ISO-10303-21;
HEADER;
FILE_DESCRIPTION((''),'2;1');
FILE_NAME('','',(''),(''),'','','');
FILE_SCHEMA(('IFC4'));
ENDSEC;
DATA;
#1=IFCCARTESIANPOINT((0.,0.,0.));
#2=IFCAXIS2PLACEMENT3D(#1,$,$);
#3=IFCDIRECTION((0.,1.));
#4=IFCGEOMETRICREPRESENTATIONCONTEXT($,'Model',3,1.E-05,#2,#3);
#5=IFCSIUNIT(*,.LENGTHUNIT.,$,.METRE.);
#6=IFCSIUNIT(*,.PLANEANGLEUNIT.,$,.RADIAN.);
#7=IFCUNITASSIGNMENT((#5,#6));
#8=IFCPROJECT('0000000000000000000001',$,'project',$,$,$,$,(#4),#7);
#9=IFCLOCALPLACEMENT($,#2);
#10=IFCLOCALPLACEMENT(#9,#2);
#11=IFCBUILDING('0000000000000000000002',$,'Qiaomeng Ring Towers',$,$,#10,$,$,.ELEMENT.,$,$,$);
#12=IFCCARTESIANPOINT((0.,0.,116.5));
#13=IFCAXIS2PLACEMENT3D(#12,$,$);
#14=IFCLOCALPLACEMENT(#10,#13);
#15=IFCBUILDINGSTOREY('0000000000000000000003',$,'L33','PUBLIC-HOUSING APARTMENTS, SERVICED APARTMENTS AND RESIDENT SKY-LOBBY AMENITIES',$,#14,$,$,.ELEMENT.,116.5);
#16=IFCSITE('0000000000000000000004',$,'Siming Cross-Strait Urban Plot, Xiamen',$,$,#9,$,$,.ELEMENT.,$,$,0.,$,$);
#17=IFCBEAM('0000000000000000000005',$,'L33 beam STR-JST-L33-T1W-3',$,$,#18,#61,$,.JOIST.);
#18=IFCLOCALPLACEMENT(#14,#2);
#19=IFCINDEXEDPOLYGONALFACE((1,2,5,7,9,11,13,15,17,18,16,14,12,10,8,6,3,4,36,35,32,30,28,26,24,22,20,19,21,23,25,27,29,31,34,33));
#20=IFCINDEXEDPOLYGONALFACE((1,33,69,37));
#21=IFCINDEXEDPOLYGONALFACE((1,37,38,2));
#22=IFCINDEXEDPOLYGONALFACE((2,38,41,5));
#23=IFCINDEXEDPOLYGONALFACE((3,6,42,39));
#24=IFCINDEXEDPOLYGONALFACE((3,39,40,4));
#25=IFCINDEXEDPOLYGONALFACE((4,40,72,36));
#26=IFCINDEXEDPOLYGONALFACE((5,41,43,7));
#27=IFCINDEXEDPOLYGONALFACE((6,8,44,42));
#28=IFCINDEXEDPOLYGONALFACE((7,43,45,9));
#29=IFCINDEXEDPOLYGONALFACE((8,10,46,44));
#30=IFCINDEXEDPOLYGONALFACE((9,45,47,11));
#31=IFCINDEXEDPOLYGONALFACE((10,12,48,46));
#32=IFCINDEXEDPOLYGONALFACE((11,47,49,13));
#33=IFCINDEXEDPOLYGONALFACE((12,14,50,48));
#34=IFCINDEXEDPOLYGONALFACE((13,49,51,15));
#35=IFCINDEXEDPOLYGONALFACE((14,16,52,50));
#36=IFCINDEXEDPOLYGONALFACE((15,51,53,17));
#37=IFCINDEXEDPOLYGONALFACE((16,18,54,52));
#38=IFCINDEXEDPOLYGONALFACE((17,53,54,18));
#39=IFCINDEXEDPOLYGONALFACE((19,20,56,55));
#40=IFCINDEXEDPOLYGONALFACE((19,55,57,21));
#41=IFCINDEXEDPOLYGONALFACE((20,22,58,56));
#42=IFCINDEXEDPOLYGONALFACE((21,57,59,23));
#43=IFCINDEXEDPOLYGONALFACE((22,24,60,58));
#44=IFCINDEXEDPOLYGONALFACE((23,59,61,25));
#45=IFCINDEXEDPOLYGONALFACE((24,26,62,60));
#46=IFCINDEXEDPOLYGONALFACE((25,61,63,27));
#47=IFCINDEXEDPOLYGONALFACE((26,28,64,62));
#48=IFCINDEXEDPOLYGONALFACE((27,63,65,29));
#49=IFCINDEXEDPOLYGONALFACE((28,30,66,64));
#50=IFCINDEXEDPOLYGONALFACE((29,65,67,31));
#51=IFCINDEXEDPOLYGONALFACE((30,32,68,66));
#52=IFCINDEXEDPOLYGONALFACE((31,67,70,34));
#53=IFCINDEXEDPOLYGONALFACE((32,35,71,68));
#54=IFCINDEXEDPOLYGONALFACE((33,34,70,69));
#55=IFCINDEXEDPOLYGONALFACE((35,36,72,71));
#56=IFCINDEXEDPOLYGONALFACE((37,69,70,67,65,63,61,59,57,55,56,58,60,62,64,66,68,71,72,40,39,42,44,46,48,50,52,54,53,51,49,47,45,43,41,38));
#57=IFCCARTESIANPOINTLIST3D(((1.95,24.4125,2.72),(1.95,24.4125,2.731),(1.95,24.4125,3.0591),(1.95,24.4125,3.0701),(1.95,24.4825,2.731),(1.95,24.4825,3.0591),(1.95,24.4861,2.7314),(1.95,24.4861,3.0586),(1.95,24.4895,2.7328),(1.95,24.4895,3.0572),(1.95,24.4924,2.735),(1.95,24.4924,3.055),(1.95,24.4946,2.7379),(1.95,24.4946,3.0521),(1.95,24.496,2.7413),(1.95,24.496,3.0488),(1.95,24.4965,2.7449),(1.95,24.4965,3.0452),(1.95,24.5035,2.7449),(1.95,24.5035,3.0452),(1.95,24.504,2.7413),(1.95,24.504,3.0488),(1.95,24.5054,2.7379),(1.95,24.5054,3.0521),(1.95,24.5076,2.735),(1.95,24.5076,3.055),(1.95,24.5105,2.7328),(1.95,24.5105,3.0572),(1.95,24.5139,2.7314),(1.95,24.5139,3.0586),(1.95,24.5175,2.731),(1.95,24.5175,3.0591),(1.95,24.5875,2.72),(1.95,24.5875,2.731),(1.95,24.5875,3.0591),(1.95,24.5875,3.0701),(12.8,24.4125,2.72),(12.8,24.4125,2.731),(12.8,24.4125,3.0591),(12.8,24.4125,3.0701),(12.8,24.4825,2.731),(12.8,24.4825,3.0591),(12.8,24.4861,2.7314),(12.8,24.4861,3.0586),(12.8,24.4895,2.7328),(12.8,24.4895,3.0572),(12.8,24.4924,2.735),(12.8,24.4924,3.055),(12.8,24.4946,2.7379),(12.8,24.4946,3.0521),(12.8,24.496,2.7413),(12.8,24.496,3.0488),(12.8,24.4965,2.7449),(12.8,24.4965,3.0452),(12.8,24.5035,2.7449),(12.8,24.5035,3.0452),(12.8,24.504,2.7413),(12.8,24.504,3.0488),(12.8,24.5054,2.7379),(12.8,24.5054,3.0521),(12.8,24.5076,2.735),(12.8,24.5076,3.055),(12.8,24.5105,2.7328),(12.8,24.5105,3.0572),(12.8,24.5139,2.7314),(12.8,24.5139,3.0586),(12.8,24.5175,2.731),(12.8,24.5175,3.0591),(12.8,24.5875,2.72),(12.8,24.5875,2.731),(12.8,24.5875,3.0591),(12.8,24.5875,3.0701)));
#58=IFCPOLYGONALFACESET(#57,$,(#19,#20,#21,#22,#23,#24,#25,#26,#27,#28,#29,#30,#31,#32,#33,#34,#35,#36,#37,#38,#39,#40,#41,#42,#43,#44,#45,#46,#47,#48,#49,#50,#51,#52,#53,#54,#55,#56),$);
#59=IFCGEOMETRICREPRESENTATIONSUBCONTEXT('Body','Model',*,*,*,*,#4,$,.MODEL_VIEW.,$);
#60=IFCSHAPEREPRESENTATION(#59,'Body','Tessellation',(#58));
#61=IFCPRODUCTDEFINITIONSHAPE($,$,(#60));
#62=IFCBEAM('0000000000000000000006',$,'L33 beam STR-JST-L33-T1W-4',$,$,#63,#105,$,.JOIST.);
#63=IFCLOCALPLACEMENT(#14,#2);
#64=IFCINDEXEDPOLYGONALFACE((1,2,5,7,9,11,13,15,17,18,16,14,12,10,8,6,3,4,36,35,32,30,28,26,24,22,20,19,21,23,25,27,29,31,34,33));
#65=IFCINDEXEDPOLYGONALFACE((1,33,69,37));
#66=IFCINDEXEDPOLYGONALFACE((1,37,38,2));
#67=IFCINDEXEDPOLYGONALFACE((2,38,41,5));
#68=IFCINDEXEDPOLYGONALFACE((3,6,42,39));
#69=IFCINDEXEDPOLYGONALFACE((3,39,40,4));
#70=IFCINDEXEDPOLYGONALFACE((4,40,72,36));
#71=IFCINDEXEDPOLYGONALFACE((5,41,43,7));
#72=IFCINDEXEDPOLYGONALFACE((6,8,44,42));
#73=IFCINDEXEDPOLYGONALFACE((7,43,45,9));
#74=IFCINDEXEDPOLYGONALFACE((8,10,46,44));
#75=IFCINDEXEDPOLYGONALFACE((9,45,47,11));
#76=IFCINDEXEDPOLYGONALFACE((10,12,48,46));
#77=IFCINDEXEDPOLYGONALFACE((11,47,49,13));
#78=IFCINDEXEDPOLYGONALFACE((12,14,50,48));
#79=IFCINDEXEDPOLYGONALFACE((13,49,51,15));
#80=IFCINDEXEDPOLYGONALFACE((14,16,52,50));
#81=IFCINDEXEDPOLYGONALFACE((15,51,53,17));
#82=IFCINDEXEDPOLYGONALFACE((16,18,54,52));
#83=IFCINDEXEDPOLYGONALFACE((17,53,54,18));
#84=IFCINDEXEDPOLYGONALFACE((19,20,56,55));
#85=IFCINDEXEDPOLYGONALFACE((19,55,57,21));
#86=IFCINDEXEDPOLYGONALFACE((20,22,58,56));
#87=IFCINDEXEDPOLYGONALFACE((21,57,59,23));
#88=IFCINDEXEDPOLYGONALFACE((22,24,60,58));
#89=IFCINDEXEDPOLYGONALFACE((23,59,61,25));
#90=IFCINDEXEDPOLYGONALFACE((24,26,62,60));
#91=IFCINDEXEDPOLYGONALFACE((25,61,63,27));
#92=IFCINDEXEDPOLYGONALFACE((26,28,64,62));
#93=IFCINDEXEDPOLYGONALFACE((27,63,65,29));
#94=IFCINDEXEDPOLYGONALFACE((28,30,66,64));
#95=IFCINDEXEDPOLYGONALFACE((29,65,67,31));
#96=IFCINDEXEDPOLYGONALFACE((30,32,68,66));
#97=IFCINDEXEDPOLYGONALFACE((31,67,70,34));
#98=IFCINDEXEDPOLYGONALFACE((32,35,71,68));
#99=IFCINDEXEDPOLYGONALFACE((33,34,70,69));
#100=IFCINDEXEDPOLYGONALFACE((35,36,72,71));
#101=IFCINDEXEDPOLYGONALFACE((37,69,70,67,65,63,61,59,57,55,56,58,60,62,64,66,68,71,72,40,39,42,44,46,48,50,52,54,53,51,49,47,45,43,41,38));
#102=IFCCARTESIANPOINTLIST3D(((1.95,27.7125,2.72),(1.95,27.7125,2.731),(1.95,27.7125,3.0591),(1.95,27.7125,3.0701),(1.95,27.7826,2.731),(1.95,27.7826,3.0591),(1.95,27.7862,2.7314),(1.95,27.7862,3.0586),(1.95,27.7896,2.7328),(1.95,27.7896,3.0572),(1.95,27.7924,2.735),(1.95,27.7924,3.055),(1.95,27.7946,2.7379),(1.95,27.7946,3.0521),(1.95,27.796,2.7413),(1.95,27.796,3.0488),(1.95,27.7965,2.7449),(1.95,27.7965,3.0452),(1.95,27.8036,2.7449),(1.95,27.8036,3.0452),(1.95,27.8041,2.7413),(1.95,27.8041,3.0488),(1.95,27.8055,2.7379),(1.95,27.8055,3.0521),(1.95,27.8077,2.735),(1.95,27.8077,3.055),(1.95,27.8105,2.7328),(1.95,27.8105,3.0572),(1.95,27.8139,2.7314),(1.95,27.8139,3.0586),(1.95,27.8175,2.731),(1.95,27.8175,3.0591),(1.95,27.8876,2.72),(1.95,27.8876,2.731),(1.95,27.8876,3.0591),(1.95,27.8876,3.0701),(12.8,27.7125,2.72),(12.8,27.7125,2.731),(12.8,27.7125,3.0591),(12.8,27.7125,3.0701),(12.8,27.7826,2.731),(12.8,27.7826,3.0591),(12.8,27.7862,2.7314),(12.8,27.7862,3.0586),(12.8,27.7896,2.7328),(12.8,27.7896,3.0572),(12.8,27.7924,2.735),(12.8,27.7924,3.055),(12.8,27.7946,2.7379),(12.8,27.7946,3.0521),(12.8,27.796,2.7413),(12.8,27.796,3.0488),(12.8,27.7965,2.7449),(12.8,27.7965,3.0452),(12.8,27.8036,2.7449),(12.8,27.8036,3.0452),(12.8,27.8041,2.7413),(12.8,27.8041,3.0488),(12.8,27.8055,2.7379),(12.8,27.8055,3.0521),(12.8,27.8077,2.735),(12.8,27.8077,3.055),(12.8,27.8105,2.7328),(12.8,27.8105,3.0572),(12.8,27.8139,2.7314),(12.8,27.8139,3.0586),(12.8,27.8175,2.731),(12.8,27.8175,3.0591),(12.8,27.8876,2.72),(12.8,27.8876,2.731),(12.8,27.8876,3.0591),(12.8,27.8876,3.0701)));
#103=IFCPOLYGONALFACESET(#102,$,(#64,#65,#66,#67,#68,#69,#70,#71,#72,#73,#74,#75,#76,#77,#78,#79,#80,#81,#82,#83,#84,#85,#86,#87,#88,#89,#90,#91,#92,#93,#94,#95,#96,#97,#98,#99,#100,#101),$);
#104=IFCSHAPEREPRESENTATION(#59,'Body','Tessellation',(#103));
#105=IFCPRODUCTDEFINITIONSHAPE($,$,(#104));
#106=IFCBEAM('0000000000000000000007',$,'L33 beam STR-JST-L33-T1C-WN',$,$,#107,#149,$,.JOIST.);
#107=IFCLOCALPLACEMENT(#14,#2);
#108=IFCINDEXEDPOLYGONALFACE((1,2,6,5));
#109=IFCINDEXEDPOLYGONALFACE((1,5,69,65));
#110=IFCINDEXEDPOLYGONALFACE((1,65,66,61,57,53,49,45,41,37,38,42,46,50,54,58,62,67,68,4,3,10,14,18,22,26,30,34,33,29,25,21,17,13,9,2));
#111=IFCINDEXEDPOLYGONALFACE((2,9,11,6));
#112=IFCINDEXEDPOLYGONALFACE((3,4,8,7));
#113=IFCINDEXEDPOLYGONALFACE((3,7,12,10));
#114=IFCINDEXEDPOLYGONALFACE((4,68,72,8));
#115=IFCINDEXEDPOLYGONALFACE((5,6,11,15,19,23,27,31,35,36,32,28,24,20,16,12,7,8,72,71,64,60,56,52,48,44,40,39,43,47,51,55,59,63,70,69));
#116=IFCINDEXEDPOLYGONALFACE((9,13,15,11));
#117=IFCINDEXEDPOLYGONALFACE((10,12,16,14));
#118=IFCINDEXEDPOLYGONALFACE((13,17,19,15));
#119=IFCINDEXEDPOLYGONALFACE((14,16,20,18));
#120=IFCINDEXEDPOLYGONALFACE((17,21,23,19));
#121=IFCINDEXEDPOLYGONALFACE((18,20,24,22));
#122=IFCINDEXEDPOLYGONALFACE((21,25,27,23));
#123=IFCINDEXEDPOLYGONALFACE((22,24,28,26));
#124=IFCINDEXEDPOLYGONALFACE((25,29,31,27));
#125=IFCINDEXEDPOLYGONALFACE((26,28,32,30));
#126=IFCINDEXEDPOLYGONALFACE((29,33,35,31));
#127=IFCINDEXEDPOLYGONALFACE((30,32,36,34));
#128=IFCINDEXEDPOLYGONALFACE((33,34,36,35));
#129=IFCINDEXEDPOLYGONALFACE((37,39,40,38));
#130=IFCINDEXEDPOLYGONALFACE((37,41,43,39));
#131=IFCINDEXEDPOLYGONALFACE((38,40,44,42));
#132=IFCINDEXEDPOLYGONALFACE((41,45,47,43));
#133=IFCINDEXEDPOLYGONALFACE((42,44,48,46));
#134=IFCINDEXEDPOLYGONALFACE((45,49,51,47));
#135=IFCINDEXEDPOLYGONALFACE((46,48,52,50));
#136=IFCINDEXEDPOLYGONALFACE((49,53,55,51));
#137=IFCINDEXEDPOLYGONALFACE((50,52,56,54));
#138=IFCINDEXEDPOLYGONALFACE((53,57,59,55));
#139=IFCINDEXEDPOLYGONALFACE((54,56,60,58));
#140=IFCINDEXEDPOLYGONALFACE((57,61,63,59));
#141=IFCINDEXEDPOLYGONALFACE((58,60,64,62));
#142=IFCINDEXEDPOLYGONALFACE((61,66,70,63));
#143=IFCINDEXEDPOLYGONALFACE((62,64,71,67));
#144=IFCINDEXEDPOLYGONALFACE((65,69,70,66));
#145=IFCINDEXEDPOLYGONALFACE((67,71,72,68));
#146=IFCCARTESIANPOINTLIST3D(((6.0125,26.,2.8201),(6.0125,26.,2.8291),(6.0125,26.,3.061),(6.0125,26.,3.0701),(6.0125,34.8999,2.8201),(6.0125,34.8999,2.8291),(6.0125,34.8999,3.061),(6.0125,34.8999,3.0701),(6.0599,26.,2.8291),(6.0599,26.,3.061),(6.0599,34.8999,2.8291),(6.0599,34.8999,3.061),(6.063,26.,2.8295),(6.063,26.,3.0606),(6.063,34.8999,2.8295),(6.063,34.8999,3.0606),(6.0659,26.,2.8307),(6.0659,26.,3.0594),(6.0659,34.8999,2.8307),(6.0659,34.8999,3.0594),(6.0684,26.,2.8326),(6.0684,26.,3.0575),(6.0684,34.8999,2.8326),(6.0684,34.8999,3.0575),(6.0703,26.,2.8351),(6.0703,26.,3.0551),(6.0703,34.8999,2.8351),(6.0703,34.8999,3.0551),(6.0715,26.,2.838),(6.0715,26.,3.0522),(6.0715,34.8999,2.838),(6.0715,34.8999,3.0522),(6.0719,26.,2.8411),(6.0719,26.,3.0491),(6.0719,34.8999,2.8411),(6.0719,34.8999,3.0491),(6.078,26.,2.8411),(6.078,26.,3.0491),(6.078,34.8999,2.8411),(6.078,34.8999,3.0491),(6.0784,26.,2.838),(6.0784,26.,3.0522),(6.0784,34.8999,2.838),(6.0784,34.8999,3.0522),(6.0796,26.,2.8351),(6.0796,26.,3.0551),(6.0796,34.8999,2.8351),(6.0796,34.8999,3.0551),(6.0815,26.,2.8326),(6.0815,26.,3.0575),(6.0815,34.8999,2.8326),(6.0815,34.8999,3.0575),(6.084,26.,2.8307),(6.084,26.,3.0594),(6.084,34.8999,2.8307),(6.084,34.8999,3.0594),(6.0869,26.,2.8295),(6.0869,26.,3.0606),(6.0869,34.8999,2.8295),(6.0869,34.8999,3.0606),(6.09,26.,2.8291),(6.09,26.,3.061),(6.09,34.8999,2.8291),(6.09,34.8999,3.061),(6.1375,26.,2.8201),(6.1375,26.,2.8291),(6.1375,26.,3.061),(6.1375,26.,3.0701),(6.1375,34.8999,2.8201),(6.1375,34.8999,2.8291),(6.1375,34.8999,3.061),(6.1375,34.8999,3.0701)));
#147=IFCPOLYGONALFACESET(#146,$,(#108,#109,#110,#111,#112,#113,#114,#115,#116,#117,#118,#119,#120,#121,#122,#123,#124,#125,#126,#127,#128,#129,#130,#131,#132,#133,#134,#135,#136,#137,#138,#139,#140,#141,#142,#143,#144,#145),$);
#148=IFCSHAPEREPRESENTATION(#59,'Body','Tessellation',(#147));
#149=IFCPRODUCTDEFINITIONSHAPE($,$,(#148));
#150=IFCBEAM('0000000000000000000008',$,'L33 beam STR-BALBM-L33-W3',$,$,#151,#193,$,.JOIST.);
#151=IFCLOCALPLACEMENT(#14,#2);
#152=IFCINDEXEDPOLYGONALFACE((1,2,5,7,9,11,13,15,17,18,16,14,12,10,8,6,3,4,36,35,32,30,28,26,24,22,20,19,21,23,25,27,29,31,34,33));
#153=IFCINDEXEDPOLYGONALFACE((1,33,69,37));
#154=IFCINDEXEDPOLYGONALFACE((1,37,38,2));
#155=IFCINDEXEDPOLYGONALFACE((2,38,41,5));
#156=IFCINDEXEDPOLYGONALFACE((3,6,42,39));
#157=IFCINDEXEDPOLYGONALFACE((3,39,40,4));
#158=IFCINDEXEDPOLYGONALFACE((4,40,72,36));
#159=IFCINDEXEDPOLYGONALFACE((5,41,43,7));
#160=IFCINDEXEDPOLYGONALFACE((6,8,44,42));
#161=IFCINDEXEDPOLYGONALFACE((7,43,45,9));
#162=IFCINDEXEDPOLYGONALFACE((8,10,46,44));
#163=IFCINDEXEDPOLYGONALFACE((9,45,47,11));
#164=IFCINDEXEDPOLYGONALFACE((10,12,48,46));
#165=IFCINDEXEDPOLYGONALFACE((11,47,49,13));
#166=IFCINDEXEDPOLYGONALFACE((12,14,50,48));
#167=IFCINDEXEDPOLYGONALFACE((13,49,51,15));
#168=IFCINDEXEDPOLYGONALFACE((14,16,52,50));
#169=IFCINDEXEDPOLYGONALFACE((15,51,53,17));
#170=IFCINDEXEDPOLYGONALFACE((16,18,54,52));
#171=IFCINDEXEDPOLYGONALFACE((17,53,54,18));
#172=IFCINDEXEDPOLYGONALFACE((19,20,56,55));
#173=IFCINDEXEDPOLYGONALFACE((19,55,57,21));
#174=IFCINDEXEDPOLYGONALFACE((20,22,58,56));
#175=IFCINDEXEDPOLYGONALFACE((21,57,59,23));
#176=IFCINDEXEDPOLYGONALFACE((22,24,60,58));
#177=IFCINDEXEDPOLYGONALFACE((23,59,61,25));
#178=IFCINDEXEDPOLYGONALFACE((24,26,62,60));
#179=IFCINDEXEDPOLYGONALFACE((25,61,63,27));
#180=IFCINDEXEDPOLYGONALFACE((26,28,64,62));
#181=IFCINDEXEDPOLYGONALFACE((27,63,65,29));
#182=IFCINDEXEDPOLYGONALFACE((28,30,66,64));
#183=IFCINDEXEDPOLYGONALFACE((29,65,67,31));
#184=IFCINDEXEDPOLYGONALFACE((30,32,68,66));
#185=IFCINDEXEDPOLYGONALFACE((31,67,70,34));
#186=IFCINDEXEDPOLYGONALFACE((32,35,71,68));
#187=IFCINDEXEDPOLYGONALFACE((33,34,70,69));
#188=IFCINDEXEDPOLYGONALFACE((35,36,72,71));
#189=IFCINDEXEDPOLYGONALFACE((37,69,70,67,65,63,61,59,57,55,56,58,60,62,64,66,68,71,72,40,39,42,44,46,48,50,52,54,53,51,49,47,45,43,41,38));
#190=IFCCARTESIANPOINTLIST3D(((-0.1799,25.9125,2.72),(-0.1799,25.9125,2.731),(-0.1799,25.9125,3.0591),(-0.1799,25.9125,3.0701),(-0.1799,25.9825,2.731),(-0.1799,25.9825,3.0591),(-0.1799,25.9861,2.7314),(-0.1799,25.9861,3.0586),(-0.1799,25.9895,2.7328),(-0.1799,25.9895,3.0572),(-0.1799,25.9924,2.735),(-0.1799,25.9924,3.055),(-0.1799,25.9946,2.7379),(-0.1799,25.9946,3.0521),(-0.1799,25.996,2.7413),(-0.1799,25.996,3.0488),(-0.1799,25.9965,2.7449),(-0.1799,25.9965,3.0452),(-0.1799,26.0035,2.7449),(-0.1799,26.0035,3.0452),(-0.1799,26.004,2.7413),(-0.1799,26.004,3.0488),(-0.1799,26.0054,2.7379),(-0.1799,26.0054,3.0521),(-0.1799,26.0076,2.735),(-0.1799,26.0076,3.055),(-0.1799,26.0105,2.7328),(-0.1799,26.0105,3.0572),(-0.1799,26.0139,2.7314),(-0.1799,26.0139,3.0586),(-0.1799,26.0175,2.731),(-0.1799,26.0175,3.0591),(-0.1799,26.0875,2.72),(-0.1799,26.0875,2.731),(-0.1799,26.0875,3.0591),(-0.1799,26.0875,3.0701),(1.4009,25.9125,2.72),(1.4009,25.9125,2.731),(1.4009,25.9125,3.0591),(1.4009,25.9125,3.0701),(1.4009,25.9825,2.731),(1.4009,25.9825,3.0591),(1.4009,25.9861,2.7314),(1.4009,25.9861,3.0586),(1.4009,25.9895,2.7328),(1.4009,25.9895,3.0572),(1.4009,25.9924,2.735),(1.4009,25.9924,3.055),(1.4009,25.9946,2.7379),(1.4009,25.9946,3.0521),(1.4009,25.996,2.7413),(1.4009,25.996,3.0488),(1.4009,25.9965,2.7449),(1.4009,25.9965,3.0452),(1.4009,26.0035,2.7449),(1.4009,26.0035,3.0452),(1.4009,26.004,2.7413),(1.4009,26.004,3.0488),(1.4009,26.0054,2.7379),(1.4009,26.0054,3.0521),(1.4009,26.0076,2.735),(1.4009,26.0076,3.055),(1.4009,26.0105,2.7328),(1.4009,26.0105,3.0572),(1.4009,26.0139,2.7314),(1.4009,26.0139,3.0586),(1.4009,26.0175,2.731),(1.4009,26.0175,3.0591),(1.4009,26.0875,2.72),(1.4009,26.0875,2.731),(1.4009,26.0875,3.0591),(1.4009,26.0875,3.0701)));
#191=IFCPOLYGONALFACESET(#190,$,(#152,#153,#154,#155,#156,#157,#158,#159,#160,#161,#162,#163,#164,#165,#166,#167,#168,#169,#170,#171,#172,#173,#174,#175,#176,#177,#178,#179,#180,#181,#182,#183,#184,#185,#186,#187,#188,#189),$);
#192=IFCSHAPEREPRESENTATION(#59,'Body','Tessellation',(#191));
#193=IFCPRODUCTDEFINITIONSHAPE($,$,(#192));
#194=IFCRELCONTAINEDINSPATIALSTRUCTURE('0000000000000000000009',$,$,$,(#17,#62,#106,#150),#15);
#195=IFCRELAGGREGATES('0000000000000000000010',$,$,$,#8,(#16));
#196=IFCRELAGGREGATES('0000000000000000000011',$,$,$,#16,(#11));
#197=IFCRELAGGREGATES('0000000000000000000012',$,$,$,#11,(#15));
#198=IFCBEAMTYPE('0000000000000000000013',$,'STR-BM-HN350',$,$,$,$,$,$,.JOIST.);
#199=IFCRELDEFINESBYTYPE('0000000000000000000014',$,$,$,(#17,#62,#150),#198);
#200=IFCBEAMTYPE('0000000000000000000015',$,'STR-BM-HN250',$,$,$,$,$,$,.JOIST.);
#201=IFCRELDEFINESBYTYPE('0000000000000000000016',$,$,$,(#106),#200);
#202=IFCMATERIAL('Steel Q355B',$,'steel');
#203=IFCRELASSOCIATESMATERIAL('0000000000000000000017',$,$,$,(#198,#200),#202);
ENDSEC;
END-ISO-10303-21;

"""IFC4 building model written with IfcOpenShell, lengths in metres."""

from ifc_helpers import new_model, si_unit, direction, frame, origin, origin_2d, place, context, subcontext, project, spatial, i_section, extrude, source, transform, mapped, material, material_profile, profile_set, type_object, element, save


model = new_model("IFC4")

# Units and contexts
model_context = context("Model", 3, precision=1e-05, world=origin(), true_north=direction((0.0, 1.0)))
body_context = subcontext(model_context, "Body", "Model", "MODEL_VIEW")
ifc_project = project(units=[si_unit("LENGTHUNIT", "METRE"), si_unit("PLANEANGLEUNIT", "RADIAN")], contexts=[model_context])

# Site, building, storey
site_placement = place(None, origin())
site = spatial("IfcSite", under=ifc_project, at=site_placement, Name="Siming Cross-Strait Urban Plot, Xiamen", CompositionType="ELEMENT", RefElevation=0.0)
building_placement = place(site_placement, origin())
building = spatial("IfcBuilding", under=site, at=building_placement, Name="Qiaomeng Ring Towers", CompositionType="ELEMENT")
storey_placement = place(building_placement, frame((0.0, 0.0, 116.5)))
storey = spatial("IfcBuildingStorey", under=building, at=storey_placement, Name="L33", Description="PUBLIC-HOUSING APARTMENTS, SERVICED APARTMENTS AND RESIDENT SKY-LOBBY AMENITIES", CompositionType="ELEMENT", Elevation=116.5)

# Beams
ifc_material_1 = material(Name="Steel Q355B", Category="steel")
ifc_material_profile_1 = material_profile(ifc_material_1, i_section(OverallWidth=0.175, OverallDepth=0.3501, WebThickness=0.0071, FlangeThickness=0.011, FilletRadius=0.0139, at=origin_2d()), Name="HN 350x175x7x11")
ifc_profile_set_1 = profile_set([ifc_material_profile_1], Name="Steel Q355B")
beam_type_1 = type_object("IfcBeamType", Name="STR-BM-HN350", PredefinedType="JOIST", material=ifc_profile_set_1)
shared_shape_1 = source(origin(), body_context, "Body", "SweptSolid", [
    extrude(i_section(OverallWidth=0.175, OverallDepth=0.3501, WebThickness=0.0071, FlangeThickness=0.011, FilletRadius=0.0139, at=origin_2d()), origin(), (0.0, 0.0, 1.0), 10.8501),
])
for number, where, z_axis, x_axis, name in (
    (1, (1.95, 24.5, 2.895), (1.0, 0.0, 0.0), (0.0, 1.0, 0.0), "L33 beam STR-JST-L33-T1W-3"),
    (2, (1.95, 27.8, 2.895), (1.0, 0.0, 0.0), (0.0, 1.0, 0.0), "L33 beam STR-JST-L33-T1W-4"),
):
    element("IfcBeam", number, at=place(storey_placement, frame(where, z_axis=z_axis, x_axis=x_axis)), inside=storey, type_object=beam_type_1, Name=name, PredefinedType="JOIST", context=body_context, shape_type="MappedRepresentation", body=[
        mapped(shared_shape_1, transform((0.0, 0.0, 0.0), x_axis=(1.0, 0.0, 0.0), y_axis=(0.0, 1.0, 0.0), z_axis=(0.0, 0.0, 1.0), scale=1.0)),
    ])
ifc_material_profile_2 = material_profile(ifc_material_1, i_section(OverallWidth=0.125, OverallDepth=0.25, WebThickness=0.0061, FlangeThickness=0.009, FilletRadius=0.012, at=origin_2d()), Name="HN 250x125x6x9")
ifc_profile_set_2 = profile_set([ifc_material_profile_2], Name="Steel Q355B")
beam_type_2 = type_object("IfcBeamType", Name="STR-BM-HN250", PredefinedType="JOIST", material=ifc_profile_set_2)
shared_shape_2 = source(origin(), body_context, "Body", "SweptSolid", [
    extrude(i_section(OverallWidth=0.125, OverallDepth=0.25, WebThickness=0.0061, FlangeThickness=0.009, FilletRadius=0.012, at=origin_2d()), origin(), (0.0, 0.0, 1.0), 8.8999),
])
beam_1_placement = place(storey_placement, frame((6.075, 26.0, 2.9451), z_axis=(0.0, 1.0, 0.0), x_axis=(-1.0, 0.0, 0.0)))
element("IfcBeam", 3, at=beam_1_placement, inside=storey, type_object=beam_type_2, Name="L33 beam STR-JST-L33-T1C-WN", PredefinedType="JOIST", context=body_context, shape_type="MappedRepresentation", body=[
    mapped(shared_shape_2, transform((0.0, 0.0, 0.0), x_axis=(1.0, 0.0, 0.0), y_axis=(0.0, 1.0, 0.0), z_axis=(0.0, 0.0, 1.0), scale=1.0)),
])
shared_shape_3 = source(origin(), body_context, "Body", "SweptSolid", [
    extrude(i_section(OverallWidth=0.175, OverallDepth=0.3501, WebThickness=0.0071, FlangeThickness=0.011, FilletRadius=0.0139, at=origin_2d()), origin(), (0.0, 0.0, 1.0), 1.5808),
])
beam_2_placement = place(storey_placement, frame((-0.1799, 26.0, 2.895), z_axis=(1.0, 0.0, 0.0), x_axis=(0.0, 1.0, 0.0)))
element("IfcBeam", 4, at=beam_2_placement, inside=storey, type_object=beam_type_1, Name="L33 beam STR-BALBM-L33-W3", PredefinedType="JOIST", context=body_context, shape_type="MappedRepresentation", body=[
    mapped(shared_shape_3, transform((0.0, 0.0, 0.0), x_axis=(1.0, 0.0, 0.0), y_axis=(0.0, 1.0, 0.0), z_axis=(0.0, 0.0, 1.0), scale=1.0)),
])

save(model, "model.ifc")
